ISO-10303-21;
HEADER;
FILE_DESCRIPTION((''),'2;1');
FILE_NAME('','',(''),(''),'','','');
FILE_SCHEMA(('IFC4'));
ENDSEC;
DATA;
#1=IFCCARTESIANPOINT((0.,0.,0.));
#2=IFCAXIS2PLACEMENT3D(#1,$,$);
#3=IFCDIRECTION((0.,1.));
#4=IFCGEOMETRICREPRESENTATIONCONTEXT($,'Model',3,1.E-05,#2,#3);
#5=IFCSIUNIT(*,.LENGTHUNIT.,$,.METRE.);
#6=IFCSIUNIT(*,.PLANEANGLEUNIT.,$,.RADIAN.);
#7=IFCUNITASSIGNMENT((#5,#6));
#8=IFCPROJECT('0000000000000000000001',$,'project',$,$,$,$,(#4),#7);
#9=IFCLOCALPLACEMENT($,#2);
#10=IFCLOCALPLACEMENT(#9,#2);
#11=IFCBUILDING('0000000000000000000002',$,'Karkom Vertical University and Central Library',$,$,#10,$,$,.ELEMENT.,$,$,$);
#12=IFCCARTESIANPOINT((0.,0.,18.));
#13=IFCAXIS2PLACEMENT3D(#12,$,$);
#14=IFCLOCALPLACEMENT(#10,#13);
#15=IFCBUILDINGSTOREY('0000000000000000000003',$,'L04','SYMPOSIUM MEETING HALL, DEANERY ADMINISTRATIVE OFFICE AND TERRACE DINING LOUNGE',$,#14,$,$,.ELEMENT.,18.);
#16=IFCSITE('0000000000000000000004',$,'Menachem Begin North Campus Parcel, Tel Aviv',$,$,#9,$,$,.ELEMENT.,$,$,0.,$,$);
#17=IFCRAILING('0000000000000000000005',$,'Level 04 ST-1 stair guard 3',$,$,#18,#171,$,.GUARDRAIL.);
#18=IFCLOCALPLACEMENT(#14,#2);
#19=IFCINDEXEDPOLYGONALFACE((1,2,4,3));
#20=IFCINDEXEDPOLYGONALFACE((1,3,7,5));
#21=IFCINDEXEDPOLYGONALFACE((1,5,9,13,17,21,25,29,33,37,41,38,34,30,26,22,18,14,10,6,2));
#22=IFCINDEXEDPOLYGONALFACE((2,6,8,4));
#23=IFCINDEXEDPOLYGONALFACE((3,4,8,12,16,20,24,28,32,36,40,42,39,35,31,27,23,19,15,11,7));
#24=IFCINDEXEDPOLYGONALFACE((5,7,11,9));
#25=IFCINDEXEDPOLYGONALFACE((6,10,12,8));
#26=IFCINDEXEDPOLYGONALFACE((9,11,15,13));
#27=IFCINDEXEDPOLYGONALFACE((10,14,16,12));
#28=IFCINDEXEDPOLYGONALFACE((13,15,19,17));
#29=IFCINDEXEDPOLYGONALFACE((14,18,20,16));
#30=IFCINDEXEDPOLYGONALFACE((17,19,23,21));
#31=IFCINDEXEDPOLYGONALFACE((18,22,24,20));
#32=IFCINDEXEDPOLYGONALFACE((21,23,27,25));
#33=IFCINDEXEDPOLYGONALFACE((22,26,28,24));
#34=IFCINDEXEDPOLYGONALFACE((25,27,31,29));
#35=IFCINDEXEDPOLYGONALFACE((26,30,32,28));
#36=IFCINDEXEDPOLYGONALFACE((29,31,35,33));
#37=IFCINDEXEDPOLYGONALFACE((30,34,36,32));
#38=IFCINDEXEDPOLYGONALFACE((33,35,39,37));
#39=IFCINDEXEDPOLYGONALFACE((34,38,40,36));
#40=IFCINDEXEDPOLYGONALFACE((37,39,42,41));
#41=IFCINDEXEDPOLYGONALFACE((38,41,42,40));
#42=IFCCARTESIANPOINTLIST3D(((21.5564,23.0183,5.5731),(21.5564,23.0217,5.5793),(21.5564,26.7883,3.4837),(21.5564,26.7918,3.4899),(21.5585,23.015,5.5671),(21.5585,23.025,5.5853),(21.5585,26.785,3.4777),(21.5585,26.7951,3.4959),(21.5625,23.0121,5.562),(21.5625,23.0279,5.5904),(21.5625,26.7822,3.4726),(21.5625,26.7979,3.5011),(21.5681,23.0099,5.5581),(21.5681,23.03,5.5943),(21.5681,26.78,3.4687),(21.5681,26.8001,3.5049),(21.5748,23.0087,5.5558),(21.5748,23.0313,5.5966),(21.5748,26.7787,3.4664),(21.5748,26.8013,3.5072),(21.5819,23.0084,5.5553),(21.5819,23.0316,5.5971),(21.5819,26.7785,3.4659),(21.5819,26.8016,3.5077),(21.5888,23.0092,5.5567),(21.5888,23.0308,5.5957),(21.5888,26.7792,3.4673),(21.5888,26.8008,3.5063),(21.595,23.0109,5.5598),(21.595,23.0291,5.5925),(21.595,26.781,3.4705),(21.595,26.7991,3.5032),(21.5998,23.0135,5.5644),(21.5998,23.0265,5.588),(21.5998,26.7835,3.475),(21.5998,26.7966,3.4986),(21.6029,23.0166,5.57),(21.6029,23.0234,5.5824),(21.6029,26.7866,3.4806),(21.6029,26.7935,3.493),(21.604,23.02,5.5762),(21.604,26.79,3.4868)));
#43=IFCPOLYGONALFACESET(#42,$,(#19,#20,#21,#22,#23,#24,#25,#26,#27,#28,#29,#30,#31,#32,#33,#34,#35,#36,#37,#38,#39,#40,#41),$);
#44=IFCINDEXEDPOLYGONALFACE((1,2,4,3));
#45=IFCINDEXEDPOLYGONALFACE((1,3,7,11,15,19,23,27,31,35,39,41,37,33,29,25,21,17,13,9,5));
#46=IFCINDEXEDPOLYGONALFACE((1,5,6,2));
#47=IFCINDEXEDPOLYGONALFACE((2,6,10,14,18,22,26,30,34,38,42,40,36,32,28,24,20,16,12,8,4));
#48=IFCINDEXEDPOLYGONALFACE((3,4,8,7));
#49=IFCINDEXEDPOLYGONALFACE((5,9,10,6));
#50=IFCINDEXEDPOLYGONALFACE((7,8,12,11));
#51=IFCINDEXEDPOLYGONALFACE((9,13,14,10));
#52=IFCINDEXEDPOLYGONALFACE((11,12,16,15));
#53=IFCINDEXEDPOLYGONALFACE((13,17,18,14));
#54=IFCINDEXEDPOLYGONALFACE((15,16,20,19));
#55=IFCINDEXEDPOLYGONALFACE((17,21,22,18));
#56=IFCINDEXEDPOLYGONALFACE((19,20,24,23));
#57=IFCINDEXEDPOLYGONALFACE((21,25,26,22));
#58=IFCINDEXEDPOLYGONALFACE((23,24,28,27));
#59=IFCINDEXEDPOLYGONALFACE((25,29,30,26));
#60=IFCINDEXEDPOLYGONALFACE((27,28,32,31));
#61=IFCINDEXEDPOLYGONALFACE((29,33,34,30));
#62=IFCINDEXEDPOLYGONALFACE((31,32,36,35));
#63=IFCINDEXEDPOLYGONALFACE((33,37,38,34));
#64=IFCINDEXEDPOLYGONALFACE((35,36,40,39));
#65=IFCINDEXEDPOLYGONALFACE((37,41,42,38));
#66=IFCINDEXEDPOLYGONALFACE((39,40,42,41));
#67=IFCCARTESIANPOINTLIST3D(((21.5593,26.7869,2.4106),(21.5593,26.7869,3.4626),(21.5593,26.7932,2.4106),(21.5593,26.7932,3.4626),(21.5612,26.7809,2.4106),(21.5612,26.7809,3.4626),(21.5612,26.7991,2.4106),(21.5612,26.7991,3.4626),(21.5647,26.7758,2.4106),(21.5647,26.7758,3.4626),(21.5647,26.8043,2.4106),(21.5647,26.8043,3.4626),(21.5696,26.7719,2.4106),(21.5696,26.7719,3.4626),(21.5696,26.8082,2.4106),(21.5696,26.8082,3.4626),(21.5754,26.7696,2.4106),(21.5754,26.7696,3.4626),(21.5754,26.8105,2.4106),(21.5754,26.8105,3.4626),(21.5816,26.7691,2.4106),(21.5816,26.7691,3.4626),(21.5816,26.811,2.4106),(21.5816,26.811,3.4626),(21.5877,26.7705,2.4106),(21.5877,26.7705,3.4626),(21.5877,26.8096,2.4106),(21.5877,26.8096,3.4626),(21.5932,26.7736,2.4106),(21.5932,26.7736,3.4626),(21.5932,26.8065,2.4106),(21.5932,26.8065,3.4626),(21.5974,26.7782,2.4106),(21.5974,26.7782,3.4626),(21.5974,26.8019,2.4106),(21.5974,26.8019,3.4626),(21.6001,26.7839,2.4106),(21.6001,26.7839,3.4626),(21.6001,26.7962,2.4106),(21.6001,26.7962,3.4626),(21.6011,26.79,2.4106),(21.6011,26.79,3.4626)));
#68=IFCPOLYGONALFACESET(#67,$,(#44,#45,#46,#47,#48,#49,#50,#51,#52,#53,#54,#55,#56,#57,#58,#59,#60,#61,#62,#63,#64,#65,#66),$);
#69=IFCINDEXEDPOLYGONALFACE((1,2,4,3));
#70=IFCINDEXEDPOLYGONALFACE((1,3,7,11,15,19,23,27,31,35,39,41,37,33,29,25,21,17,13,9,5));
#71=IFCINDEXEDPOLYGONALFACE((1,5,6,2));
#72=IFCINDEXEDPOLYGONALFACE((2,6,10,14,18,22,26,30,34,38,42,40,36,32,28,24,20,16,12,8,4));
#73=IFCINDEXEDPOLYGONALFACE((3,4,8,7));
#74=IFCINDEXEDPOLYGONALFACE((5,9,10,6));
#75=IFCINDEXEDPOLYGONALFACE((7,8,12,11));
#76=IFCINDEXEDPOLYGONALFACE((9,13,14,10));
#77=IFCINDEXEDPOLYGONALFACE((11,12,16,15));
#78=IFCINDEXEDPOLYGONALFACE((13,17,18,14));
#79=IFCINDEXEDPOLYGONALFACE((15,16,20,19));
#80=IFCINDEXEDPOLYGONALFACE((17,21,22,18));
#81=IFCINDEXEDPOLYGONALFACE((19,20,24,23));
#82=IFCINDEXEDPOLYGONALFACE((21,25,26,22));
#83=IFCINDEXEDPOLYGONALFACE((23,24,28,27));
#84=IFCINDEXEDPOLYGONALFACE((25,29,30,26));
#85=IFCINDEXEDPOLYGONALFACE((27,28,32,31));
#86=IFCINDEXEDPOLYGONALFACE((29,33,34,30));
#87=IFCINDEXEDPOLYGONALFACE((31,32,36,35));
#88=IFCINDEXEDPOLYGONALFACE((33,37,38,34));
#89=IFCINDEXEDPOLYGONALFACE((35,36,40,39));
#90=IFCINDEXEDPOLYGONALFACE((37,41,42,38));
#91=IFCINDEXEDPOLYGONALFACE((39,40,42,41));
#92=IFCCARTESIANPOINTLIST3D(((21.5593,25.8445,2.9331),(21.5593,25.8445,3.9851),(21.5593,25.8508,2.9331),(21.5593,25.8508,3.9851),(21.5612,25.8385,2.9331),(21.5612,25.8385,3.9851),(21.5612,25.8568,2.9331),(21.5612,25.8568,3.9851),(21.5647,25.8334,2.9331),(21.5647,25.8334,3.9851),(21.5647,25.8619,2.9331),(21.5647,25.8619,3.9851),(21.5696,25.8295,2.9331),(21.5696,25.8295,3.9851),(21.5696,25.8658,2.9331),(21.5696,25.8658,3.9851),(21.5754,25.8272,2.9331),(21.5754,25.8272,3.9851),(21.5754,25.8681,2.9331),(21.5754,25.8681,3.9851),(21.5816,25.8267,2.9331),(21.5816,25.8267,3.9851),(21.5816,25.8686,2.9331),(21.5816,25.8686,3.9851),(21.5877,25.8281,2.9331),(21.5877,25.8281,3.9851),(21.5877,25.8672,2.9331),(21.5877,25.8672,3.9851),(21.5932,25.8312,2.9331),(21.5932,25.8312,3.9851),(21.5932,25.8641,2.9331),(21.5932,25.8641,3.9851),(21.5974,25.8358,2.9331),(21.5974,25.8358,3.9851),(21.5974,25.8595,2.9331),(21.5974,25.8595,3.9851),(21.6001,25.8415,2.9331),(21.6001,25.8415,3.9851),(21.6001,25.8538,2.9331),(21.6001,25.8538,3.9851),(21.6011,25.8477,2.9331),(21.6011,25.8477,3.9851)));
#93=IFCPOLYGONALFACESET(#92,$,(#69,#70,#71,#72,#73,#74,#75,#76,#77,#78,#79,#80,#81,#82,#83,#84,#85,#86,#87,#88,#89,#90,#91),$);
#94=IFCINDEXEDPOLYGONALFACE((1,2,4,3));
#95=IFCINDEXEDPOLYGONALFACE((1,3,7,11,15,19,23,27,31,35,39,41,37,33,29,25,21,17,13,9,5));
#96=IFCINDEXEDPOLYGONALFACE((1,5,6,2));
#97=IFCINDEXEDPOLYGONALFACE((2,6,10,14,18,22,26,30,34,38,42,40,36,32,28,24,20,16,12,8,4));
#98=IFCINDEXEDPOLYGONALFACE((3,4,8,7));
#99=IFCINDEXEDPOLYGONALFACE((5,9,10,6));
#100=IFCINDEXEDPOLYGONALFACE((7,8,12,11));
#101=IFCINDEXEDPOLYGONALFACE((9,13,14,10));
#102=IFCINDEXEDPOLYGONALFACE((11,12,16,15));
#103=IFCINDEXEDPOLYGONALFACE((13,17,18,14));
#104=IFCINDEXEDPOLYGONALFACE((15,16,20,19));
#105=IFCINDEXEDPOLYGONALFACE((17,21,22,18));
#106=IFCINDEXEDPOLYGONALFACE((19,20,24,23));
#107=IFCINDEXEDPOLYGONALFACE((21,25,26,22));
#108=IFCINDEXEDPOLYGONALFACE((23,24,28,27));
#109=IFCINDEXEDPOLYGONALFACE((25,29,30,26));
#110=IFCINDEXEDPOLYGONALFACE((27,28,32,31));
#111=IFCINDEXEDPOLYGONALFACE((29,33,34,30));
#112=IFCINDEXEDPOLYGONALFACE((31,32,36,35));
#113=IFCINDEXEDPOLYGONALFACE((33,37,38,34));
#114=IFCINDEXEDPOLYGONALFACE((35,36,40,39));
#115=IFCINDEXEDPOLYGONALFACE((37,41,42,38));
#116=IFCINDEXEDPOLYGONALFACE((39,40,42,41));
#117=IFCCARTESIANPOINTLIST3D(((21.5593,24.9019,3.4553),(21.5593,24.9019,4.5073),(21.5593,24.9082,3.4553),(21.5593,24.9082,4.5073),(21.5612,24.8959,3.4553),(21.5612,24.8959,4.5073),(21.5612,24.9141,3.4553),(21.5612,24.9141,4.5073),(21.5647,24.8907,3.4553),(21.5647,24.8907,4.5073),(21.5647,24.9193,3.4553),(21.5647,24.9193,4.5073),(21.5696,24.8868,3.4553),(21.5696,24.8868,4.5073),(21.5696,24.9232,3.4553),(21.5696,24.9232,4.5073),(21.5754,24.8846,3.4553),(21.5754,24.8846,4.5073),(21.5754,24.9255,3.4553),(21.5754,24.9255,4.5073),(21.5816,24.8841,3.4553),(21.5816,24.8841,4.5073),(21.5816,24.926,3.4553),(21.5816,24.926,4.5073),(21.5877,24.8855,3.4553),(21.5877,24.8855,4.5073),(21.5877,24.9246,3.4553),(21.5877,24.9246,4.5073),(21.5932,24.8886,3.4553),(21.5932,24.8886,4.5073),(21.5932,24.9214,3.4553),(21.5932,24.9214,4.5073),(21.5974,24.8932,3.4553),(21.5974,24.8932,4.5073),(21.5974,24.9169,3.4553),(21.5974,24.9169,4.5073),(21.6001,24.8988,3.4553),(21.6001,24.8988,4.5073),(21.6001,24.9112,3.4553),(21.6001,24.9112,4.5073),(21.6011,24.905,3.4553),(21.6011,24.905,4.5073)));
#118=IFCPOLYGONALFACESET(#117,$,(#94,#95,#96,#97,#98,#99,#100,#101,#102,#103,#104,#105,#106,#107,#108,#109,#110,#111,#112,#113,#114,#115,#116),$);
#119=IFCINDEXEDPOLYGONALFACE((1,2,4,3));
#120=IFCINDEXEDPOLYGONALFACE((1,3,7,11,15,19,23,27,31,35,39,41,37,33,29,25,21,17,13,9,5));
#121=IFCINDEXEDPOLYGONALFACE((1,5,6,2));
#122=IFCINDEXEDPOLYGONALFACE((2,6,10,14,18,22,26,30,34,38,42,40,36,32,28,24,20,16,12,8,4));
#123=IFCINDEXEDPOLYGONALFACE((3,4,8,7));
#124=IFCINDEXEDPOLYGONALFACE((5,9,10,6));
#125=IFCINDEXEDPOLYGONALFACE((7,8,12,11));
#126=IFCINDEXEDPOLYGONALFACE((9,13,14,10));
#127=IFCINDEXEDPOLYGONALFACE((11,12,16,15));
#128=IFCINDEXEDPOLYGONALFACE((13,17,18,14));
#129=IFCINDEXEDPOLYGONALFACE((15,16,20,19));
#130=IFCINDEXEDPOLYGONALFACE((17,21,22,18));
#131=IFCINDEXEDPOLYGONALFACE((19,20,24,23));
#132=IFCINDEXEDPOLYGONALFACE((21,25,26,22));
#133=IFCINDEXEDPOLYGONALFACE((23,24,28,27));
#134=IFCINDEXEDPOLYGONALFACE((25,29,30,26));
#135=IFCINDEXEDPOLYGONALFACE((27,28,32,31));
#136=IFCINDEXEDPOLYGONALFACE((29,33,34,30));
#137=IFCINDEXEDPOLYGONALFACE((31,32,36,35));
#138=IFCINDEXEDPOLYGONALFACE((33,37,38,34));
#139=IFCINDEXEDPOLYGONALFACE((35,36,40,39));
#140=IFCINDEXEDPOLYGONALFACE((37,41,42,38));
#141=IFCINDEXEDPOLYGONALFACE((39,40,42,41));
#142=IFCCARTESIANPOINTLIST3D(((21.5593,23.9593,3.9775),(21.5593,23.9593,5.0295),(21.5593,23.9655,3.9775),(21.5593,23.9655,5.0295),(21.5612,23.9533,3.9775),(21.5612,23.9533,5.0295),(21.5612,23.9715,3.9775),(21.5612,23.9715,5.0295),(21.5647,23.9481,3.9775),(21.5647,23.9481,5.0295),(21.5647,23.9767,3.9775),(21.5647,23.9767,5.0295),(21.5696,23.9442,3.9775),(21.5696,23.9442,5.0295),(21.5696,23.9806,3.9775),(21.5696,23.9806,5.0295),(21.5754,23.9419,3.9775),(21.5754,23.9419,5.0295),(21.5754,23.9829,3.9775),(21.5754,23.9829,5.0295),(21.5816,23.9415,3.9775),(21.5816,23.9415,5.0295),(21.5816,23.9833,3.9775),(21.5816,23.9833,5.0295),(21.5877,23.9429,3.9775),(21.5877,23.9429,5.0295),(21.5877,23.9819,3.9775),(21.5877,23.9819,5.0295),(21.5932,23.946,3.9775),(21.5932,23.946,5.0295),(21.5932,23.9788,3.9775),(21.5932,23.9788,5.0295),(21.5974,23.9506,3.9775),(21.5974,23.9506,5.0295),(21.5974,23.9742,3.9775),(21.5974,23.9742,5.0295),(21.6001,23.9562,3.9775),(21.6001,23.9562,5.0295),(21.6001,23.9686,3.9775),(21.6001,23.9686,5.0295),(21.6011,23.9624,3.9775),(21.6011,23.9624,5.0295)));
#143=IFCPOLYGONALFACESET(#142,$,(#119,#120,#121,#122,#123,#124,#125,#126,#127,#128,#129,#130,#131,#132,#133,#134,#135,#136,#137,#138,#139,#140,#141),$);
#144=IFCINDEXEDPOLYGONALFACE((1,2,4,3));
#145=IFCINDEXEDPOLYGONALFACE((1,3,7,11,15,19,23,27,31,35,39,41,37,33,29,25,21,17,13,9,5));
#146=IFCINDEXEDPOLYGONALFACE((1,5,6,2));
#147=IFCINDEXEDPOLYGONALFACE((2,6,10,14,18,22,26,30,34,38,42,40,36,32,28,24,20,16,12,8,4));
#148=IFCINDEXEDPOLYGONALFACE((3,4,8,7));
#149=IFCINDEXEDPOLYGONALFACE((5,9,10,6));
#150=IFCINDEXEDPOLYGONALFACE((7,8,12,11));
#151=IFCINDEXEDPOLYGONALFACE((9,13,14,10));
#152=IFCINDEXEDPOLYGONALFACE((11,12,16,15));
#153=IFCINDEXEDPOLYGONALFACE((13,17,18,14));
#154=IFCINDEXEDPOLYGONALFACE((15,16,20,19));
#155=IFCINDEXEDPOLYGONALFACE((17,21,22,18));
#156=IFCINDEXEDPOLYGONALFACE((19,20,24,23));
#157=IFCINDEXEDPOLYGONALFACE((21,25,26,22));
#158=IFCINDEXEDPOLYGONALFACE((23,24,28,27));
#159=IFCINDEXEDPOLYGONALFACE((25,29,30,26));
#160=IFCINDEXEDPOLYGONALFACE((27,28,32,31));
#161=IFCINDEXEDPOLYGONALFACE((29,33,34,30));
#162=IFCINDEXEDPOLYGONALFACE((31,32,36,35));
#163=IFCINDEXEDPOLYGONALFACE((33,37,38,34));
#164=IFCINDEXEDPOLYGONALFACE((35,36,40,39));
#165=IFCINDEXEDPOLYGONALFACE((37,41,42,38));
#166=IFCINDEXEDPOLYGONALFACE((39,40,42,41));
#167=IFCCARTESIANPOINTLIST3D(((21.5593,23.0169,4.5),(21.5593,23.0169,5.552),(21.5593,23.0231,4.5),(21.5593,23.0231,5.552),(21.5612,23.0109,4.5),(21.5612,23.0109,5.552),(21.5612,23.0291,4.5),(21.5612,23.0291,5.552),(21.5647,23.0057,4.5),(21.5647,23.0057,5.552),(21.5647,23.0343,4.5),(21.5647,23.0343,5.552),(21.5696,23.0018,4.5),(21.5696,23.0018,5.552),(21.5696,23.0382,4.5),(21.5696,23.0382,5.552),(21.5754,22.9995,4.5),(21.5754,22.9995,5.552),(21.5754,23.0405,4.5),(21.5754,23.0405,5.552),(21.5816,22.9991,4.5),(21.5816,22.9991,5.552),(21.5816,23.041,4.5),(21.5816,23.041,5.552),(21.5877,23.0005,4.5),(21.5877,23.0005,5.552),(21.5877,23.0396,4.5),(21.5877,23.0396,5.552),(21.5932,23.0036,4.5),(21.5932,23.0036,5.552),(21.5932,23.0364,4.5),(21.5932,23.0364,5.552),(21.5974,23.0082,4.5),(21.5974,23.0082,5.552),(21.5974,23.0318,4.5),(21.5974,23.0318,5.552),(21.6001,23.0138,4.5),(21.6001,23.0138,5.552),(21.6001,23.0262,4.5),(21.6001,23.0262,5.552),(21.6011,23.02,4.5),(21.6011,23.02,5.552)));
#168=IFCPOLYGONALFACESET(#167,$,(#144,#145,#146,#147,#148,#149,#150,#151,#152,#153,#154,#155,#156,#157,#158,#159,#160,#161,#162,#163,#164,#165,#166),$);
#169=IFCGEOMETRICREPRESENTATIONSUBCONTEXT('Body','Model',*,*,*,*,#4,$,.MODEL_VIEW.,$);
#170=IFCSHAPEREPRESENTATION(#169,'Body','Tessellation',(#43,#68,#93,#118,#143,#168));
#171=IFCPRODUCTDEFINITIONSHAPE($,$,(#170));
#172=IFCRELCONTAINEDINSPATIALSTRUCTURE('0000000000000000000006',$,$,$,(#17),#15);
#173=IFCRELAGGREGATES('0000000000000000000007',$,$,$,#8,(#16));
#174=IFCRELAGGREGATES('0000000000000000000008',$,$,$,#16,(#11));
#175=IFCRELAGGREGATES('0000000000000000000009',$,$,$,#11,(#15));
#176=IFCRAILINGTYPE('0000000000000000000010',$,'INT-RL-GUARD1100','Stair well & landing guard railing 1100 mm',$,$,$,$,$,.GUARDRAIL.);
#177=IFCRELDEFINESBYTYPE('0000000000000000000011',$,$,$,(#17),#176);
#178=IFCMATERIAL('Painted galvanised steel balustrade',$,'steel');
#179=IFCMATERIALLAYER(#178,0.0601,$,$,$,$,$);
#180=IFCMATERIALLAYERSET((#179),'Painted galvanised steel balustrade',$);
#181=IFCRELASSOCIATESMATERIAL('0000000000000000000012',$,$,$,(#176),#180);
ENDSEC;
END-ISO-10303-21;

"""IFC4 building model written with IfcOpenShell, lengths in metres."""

from ifc_helpers import new_model, si_unit, direction, frame, origin, origin_2d, place, context, subcontext, project, spatial, circle, extrude, material, layer, layer_set, type_object, element, save


model = new_model("IFC4")

# Units and contexts
model_context = context("Model", 3, precision=1e-05, world=origin(), true_north=direction((0.0, 1.0)))
body_context = subcontext(model_context, "Body", "Model", "MODEL_VIEW")
ifc_project = project(units=[si_unit("LENGTHUNIT", "METRE"), si_unit("PLANEANGLEUNIT", "RADIAN")], contexts=[model_context])

# Site, building, storey
site_placement = place(None, origin())
site = spatial("IfcSite", under=ifc_project, at=site_placement, Name="Menachem Begin North Campus Parcel, Tel Aviv", CompositionType="ELEMENT", RefElevation=0.0)
building_placement = place(site_placement, origin())
building = spatial("IfcBuilding", under=site, at=building_placement, Name="Karkom Vertical University and Central Library", CompositionType="ELEMENT")
storey_placement = place(building_placement, frame((0.0, 0.0, 18.0)))
storey = spatial("IfcBuildingStorey", under=building, at=storey_placement, Name="L04", Description="SYMPOSIUM MEETING HALL, DEANERY ADMINISTRATIVE OFFICE AND TERRACE DINING LOUNGE", CompositionType="ELEMENT", Elevation=18.0)

# Railing
ifc_material_1 = material(Name="Painted galvanised steel balustrade", Category="steel")
ifc_layer_1 = layer(ifc_material_1, 0.0601)
ifc_layer_set_1 = layer_set([ifc_layer_1], Name="Painted galvanised steel balustrade")
railing_type_1 = type_object("IfcRailingType", Name="INT-RL-GUARD1100", Description="Stair well & landing guard railing 1100 mm", PredefinedType="GUARDRAIL", material=ifc_layer_set_1)
railing_1_placement = place(storey_placement, frame((21.5801, 26.79, 2.4106)))
element("IfcRailing", 1, at=railing_1_placement, inside=storey, type_object=railing_type_1, Name="Level 04 ST-1 stair guard 3", PredefinedType="GUARDRAIL", context=body_context, shape_type="SweptSolid", body=[
    extrude(circle(Radius=0.0239, at=origin_2d()), frame((0.0, 0.0, 1.0762), z_axis=(0.0, -0.874659, 0.484739), x_axis=(1.0, 0.0, 0.0)), (0.0, 0.0, 1.0), 4.3103),
    extrude(circle(Radius=0.021, at=origin_2d()), origin(), (0.0, 0.0, 1.0), 1.052),
    extrude(circle(Radius=0.021, at=origin_2d()), frame((0.0, -0.9424, 0.5225)), (0.0, 0.0, 1.0), 1.052),
    extrude(circle(Radius=0.021, at=origin_2d()), frame((0.0, -1.885, 1.0447)), (0.0, 0.0, 1.0), 1.052),
    extrude(circle(Radius=0.021, at=origin_2d()), frame((0.0, -2.8276, 1.5669)), (0.0, 0.0, 1.0), 1.052),
    extrude(circle(Radius=0.021, at=origin_2d()), frame((0.0, -3.77, 2.0894)), (0.0, 0.0, 1.0), 1.052),
])

save(model, "model.ifc")
